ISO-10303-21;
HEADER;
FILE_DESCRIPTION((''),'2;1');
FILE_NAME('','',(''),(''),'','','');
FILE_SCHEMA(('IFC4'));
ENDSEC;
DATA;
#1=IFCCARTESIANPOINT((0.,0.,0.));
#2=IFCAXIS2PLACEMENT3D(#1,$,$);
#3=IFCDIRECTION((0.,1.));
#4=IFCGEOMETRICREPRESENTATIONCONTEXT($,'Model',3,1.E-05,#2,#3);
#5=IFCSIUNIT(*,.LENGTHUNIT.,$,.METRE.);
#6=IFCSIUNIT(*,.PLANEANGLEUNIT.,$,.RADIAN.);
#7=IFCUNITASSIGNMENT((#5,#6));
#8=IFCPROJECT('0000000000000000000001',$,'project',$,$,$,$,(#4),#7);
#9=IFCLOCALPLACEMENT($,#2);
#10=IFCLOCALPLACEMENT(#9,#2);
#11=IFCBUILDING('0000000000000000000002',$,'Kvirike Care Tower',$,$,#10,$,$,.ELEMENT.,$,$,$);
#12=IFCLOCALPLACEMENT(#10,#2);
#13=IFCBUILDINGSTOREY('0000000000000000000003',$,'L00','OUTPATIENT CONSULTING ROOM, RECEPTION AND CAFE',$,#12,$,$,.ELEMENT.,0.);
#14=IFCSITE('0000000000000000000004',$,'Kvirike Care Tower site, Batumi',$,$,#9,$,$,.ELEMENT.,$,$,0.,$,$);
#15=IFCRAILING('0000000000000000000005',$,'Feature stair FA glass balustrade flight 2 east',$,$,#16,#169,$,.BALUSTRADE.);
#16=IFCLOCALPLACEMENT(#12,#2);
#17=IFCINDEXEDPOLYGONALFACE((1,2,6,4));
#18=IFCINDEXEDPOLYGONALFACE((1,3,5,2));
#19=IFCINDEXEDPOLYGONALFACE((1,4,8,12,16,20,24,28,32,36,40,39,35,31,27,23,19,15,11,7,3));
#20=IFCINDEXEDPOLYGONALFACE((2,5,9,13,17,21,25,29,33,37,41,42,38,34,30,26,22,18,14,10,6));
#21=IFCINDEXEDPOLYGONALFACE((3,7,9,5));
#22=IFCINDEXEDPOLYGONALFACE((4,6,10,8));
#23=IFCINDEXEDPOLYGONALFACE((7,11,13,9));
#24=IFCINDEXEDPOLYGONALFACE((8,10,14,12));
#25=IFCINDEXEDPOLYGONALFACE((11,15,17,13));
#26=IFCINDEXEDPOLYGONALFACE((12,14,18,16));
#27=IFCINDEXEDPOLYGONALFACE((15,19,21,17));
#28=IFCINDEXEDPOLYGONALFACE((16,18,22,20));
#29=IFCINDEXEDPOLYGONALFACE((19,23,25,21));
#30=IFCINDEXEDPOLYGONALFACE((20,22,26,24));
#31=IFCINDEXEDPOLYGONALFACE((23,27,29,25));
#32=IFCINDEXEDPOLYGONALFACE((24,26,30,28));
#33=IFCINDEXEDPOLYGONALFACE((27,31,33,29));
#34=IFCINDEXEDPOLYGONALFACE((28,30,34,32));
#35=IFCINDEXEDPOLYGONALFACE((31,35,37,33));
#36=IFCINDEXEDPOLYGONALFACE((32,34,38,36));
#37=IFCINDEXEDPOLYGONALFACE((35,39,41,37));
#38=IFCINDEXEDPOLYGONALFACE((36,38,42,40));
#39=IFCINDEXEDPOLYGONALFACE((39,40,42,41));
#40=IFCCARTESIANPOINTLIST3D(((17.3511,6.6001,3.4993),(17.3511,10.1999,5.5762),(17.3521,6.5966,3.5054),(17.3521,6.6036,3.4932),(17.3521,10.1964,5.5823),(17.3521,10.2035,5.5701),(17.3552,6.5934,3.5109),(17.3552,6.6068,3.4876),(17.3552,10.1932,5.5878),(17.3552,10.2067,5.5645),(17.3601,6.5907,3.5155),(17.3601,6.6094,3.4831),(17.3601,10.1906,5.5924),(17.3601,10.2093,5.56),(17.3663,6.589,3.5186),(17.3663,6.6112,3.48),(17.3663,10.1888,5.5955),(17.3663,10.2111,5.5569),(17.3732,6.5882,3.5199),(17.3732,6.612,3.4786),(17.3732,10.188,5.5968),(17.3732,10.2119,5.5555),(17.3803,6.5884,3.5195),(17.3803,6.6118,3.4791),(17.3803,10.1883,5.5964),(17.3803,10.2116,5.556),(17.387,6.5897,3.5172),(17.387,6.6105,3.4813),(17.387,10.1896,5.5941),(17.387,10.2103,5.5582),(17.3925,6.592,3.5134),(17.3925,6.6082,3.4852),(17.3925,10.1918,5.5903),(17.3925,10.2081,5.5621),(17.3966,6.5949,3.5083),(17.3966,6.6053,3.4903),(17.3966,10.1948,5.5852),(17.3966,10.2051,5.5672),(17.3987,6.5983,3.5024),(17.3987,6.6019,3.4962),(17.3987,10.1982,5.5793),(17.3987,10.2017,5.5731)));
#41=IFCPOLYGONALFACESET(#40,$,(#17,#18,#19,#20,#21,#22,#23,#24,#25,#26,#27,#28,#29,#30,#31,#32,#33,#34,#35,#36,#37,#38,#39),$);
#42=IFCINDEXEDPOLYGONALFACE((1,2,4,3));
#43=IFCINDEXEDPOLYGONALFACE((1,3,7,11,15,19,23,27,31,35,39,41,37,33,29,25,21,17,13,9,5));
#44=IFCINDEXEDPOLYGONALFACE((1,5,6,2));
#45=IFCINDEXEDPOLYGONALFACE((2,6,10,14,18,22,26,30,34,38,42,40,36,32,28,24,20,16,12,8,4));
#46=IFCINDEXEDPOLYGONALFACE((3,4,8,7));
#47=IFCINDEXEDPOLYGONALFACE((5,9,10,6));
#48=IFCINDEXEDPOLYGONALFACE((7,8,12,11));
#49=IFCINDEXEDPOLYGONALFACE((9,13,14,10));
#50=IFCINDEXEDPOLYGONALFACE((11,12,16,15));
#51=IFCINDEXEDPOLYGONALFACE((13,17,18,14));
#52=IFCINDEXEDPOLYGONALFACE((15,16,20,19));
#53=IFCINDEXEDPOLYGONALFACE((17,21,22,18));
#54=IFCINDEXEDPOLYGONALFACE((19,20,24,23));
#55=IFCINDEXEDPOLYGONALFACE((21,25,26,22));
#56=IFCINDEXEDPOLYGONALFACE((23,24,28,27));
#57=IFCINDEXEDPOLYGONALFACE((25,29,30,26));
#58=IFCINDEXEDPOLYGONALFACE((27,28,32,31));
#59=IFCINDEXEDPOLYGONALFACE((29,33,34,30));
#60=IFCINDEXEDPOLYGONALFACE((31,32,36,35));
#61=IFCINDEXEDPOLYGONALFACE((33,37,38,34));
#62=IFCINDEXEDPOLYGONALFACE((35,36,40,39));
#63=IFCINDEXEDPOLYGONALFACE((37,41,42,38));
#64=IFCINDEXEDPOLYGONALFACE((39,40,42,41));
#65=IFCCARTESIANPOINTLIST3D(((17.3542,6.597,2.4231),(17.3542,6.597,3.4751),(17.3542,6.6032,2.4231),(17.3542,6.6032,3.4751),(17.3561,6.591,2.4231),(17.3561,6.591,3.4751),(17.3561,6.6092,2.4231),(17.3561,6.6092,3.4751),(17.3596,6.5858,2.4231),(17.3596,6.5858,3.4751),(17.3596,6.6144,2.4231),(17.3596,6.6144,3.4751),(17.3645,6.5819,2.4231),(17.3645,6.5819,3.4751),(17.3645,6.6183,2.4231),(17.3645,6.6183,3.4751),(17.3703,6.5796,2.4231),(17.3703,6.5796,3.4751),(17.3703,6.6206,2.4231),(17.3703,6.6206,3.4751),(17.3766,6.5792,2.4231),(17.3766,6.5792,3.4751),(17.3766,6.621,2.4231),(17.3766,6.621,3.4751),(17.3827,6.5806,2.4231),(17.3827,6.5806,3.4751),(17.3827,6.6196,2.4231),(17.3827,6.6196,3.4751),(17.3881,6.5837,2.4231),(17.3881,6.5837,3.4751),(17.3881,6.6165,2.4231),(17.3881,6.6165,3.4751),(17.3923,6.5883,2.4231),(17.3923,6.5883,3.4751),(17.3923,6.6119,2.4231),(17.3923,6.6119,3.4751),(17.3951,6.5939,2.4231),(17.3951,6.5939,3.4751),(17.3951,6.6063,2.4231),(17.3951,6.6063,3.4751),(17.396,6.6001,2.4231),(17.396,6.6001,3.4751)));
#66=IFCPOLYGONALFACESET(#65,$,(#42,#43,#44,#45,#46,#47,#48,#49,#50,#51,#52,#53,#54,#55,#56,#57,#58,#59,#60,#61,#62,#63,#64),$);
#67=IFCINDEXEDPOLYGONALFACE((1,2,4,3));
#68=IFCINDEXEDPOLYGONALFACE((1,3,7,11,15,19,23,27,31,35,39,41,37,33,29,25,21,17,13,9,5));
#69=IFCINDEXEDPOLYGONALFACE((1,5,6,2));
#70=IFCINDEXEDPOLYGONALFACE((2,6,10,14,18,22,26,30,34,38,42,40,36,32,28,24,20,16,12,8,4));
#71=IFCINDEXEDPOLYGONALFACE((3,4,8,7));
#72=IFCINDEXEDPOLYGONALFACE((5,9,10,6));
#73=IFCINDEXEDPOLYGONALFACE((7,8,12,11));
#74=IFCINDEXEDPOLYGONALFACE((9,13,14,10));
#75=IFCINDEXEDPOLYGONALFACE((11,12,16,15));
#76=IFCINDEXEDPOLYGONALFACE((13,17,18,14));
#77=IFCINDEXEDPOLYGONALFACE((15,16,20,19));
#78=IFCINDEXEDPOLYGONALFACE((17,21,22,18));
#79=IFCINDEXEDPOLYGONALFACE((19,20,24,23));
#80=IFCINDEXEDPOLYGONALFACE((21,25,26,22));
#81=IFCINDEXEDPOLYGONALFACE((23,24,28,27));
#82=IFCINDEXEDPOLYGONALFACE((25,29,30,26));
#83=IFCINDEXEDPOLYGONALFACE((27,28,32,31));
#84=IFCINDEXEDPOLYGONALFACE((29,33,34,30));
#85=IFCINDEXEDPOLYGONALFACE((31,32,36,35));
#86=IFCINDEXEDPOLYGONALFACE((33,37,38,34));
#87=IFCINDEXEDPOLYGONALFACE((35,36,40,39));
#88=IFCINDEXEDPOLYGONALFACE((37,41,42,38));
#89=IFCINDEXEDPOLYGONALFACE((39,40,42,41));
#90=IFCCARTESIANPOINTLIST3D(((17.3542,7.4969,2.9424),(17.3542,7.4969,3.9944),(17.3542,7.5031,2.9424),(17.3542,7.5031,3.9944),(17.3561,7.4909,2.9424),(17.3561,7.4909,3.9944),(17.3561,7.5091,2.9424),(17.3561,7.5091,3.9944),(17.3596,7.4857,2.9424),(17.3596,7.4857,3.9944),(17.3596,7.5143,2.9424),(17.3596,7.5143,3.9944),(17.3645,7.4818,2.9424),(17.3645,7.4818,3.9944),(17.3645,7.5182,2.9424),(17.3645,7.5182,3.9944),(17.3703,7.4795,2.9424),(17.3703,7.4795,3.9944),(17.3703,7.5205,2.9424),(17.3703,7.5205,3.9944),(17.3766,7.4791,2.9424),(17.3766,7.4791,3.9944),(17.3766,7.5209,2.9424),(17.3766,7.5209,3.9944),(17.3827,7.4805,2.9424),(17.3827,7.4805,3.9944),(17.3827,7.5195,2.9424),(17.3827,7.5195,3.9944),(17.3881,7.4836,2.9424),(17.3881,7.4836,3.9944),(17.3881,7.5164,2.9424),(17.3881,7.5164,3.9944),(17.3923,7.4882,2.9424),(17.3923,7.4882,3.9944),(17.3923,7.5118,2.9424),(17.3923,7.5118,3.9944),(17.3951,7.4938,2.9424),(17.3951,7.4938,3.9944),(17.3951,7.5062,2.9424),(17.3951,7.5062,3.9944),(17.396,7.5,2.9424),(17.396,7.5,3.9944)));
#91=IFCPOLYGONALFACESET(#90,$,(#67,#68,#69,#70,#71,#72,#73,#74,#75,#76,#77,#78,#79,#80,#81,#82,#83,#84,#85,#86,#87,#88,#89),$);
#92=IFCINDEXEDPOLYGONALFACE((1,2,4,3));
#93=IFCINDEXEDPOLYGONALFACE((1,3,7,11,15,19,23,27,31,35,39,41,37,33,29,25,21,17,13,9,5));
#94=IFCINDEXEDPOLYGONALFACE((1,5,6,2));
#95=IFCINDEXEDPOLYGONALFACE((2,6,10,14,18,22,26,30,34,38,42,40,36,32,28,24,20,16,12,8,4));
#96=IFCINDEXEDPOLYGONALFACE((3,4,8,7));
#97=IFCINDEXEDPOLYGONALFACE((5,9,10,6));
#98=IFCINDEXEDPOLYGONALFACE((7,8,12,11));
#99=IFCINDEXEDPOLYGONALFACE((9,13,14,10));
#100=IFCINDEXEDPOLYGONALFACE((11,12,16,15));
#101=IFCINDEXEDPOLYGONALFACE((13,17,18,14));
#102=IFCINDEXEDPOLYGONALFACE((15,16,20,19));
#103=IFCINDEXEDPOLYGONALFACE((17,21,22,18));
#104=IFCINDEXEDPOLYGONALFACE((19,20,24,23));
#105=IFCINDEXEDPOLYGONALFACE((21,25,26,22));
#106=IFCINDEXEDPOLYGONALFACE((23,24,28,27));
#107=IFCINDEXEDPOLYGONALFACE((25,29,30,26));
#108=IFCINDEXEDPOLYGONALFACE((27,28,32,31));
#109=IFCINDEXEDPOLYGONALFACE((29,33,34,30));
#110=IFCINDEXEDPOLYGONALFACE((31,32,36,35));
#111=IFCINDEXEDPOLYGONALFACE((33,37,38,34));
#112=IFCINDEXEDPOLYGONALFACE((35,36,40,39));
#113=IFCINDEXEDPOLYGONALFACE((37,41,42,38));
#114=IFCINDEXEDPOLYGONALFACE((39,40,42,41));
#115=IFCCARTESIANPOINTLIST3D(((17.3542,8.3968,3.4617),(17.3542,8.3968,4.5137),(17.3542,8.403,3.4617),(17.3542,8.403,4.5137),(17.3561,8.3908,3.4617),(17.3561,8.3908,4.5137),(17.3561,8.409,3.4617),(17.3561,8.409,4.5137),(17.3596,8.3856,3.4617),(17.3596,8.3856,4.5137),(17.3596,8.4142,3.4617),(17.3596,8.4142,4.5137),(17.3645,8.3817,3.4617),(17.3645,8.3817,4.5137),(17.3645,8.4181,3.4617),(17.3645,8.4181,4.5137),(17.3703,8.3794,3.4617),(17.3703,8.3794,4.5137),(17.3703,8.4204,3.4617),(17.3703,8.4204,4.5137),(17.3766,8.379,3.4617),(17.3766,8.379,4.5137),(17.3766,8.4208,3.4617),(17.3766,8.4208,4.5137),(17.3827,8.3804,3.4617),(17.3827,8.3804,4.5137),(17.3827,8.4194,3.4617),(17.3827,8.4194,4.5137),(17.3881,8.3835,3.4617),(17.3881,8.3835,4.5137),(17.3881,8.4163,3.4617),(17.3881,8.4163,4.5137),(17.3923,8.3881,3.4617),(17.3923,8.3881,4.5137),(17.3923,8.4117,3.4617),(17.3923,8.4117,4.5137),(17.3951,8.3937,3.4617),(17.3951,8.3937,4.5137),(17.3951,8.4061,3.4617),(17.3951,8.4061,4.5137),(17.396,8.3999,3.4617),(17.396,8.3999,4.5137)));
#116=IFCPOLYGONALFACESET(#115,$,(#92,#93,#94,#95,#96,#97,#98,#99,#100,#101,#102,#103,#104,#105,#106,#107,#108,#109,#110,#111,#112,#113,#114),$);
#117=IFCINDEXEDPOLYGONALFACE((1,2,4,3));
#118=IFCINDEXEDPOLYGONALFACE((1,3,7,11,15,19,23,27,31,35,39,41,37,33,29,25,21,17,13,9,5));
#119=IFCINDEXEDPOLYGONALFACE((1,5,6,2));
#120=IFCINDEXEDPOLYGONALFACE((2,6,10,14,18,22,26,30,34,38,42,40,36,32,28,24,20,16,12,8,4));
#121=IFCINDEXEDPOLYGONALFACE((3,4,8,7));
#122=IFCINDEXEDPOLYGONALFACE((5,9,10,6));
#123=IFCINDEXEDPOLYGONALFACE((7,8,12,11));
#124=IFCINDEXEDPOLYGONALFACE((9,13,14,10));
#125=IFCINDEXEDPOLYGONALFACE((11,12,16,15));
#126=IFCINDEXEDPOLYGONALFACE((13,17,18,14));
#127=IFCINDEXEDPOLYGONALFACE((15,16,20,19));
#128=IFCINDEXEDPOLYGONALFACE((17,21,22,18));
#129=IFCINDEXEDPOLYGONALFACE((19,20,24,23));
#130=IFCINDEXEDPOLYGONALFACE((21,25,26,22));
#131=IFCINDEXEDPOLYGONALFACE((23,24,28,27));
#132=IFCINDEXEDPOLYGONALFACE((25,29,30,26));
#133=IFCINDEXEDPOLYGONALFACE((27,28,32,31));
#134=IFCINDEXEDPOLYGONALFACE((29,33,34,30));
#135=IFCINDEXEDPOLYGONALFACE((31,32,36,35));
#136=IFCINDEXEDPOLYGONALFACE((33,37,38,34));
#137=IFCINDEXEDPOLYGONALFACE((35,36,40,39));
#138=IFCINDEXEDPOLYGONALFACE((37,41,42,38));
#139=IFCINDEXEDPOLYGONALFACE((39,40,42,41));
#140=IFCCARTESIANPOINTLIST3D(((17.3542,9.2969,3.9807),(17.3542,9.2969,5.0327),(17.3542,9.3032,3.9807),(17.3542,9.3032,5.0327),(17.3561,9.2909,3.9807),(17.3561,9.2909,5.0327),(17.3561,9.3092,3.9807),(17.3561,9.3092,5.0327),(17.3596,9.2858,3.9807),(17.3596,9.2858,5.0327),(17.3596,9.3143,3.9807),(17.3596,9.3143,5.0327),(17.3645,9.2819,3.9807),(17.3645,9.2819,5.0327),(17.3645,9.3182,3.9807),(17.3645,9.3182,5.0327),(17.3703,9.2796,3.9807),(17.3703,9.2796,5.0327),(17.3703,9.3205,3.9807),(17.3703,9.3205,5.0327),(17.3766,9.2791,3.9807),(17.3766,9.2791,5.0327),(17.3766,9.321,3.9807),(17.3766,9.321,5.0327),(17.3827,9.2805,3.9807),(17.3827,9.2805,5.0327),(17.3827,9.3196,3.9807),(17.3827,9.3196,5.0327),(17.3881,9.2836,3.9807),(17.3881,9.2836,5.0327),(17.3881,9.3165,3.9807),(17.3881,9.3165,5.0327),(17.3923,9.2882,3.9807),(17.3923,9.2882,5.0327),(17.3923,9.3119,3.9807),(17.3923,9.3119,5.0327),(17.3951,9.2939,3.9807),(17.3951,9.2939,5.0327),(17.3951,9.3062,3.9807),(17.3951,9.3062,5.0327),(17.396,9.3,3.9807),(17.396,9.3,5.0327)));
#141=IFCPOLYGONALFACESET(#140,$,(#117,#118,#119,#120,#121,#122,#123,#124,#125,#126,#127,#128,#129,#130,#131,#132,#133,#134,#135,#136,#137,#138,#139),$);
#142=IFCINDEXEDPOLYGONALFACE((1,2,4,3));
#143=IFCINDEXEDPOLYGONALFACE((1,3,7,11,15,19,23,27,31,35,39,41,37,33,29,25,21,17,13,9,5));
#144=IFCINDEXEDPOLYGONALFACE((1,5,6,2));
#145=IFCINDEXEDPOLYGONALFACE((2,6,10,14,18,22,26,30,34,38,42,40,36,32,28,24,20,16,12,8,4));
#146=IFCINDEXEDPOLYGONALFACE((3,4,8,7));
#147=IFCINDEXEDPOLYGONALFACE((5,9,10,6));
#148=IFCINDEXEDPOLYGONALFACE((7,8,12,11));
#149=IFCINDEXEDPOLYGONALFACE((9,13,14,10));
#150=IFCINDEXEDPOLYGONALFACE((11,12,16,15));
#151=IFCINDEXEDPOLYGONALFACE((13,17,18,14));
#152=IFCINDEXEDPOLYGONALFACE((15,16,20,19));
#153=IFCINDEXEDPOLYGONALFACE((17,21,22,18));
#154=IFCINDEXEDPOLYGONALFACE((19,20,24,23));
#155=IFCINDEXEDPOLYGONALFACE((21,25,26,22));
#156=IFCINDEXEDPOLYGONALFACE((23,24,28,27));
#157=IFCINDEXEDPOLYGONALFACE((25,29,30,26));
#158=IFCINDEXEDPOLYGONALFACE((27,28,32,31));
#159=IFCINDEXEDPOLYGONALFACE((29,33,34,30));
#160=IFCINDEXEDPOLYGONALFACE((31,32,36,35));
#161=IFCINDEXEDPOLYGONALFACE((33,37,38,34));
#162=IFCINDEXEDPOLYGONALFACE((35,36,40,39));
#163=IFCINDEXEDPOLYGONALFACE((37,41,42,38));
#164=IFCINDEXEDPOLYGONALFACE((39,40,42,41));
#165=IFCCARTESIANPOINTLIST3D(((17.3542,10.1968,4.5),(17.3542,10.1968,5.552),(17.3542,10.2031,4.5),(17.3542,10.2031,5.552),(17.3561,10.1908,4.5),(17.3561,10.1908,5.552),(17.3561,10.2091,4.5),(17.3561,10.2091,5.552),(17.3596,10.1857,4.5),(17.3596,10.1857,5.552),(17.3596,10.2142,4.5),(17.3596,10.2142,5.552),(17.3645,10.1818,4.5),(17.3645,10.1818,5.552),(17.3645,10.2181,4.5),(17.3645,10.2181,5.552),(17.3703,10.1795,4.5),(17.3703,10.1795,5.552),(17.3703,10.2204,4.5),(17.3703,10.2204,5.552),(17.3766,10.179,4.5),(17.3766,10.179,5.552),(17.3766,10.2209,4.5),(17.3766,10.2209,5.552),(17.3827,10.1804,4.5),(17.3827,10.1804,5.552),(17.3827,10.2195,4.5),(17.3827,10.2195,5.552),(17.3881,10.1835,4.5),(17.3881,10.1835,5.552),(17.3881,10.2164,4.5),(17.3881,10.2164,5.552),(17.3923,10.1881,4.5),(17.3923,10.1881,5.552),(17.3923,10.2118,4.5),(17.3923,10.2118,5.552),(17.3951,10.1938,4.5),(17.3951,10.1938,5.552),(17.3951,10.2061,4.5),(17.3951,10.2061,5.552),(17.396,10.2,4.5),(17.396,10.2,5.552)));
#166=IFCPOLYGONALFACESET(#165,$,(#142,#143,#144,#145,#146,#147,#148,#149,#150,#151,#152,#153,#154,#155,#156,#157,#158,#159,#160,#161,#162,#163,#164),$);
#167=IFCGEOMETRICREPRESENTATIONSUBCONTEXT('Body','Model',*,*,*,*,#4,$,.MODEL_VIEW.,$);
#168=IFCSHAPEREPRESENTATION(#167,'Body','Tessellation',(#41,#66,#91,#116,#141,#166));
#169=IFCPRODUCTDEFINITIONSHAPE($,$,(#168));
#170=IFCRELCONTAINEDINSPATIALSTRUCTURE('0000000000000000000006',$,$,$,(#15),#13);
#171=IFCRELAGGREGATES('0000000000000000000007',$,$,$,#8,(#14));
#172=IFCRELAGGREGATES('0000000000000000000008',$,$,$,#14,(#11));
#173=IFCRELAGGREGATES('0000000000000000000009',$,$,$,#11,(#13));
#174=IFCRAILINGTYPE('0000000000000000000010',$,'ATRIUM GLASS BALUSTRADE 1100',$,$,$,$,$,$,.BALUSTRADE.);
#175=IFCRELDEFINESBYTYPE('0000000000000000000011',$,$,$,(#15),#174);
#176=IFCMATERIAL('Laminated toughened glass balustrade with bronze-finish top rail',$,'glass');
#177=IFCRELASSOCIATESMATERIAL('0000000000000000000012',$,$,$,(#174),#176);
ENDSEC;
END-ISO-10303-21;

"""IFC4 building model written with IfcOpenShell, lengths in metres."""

from ifc_helpers import new_model, si_unit, direction, frame, origin, origin_2d, place, context, subcontext, project, spatial, circle, extrude, material, type_object, element, save


model = new_model("IFC4")

# Units and contexts
model_context = context("Model", 3, precision=1e-05, world=origin(), true_north=direction((0.0, 1.0)))
body_context = subcontext(model_context, "Body", "Model", "MODEL_VIEW")
ifc_project = project(units=[si_unit("LENGTHUNIT", "METRE"), si_unit("PLANEANGLEUNIT", "RADIAN")], contexts=[model_context])

# Site, building, storey
site_placement = place(None, origin())
site = spatial("IfcSite", under=ifc_project, at=site_placement, Name="Kvirike Care Tower site, Batumi", CompositionType="ELEMENT", RefElevation=0.0)
building_placement = place(site_placement, origin())
building = spatial("IfcBuilding", under=site, at=building_placement, Name="Kvirike Care Tower", CompositionType="ELEMENT")
storey_placement = place(building_placement, origin())
storey = spatial("IfcBuildingStorey", under=building, at=storey_placement, Name="L00", Description="OUTPATIENT CONSULTING ROOM, RECEPTION AND CAFE", CompositionType="ELEMENT", Elevation=0.0)

# Railing
ifc_material_1 = material(Name="Laminated toughened glass balustrade with bronze-finish top rail", Category="glass")
railing_type_1 = type_object("IfcRailingType", Name="ATRIUM GLASS BALUSTRADE 1100", PredefinedType="BALUSTRADE", material=ifc_material_1)
railing_1_placement = place(storey_placement, frame((17.375, 6.6001, 2.4231)))
element("IfcRailing", 1, at=railing_1_placement, inside=storey, type_object=railing_type_1, Name="Feature stair FA glass balustrade flight 2 east", PredefinedType="BALUSTRADE", context=body_context, shape_type="SweptSolid", body=[
    extrude(circle(Radius=0.0239, at=origin_2d()), frame((0.0, 0.0, 1.0762), z_axis=(0.0, 0.866179, 0.499734), x_axis=(-1.0, 0.0, 0.0)), (0.0, 0.0, 1.0), 4.156),
    extrude(circle(Radius=0.021, at=origin_2d()), origin(), (0.0, 0.0, 1.0), 1.052),
    extrude(circle(Radius=0.021, at=origin_2d()), frame((0.0, 0.8999, 0.5193)), (0.0, 0.0, 1.0), 1.052),
    extrude(circle(Radius=0.021, at=origin_2d()), frame((0.0, 1.7998, 1.0386)), (0.0, 0.0, 1.0), 1.052),
    extrude(circle(Radius=0.021, at=origin_2d()), frame((0.0, 2.7, 1.5576)), (0.0, 0.0, 1.0), 1.052),
    extrude(circle(Radius=0.021, at=origin_2d()), frame((0.0, 3.5999, 2.0769)), (0.0, 0.0, 1.0), 1.052),
])

save(model, "model.ifc")
